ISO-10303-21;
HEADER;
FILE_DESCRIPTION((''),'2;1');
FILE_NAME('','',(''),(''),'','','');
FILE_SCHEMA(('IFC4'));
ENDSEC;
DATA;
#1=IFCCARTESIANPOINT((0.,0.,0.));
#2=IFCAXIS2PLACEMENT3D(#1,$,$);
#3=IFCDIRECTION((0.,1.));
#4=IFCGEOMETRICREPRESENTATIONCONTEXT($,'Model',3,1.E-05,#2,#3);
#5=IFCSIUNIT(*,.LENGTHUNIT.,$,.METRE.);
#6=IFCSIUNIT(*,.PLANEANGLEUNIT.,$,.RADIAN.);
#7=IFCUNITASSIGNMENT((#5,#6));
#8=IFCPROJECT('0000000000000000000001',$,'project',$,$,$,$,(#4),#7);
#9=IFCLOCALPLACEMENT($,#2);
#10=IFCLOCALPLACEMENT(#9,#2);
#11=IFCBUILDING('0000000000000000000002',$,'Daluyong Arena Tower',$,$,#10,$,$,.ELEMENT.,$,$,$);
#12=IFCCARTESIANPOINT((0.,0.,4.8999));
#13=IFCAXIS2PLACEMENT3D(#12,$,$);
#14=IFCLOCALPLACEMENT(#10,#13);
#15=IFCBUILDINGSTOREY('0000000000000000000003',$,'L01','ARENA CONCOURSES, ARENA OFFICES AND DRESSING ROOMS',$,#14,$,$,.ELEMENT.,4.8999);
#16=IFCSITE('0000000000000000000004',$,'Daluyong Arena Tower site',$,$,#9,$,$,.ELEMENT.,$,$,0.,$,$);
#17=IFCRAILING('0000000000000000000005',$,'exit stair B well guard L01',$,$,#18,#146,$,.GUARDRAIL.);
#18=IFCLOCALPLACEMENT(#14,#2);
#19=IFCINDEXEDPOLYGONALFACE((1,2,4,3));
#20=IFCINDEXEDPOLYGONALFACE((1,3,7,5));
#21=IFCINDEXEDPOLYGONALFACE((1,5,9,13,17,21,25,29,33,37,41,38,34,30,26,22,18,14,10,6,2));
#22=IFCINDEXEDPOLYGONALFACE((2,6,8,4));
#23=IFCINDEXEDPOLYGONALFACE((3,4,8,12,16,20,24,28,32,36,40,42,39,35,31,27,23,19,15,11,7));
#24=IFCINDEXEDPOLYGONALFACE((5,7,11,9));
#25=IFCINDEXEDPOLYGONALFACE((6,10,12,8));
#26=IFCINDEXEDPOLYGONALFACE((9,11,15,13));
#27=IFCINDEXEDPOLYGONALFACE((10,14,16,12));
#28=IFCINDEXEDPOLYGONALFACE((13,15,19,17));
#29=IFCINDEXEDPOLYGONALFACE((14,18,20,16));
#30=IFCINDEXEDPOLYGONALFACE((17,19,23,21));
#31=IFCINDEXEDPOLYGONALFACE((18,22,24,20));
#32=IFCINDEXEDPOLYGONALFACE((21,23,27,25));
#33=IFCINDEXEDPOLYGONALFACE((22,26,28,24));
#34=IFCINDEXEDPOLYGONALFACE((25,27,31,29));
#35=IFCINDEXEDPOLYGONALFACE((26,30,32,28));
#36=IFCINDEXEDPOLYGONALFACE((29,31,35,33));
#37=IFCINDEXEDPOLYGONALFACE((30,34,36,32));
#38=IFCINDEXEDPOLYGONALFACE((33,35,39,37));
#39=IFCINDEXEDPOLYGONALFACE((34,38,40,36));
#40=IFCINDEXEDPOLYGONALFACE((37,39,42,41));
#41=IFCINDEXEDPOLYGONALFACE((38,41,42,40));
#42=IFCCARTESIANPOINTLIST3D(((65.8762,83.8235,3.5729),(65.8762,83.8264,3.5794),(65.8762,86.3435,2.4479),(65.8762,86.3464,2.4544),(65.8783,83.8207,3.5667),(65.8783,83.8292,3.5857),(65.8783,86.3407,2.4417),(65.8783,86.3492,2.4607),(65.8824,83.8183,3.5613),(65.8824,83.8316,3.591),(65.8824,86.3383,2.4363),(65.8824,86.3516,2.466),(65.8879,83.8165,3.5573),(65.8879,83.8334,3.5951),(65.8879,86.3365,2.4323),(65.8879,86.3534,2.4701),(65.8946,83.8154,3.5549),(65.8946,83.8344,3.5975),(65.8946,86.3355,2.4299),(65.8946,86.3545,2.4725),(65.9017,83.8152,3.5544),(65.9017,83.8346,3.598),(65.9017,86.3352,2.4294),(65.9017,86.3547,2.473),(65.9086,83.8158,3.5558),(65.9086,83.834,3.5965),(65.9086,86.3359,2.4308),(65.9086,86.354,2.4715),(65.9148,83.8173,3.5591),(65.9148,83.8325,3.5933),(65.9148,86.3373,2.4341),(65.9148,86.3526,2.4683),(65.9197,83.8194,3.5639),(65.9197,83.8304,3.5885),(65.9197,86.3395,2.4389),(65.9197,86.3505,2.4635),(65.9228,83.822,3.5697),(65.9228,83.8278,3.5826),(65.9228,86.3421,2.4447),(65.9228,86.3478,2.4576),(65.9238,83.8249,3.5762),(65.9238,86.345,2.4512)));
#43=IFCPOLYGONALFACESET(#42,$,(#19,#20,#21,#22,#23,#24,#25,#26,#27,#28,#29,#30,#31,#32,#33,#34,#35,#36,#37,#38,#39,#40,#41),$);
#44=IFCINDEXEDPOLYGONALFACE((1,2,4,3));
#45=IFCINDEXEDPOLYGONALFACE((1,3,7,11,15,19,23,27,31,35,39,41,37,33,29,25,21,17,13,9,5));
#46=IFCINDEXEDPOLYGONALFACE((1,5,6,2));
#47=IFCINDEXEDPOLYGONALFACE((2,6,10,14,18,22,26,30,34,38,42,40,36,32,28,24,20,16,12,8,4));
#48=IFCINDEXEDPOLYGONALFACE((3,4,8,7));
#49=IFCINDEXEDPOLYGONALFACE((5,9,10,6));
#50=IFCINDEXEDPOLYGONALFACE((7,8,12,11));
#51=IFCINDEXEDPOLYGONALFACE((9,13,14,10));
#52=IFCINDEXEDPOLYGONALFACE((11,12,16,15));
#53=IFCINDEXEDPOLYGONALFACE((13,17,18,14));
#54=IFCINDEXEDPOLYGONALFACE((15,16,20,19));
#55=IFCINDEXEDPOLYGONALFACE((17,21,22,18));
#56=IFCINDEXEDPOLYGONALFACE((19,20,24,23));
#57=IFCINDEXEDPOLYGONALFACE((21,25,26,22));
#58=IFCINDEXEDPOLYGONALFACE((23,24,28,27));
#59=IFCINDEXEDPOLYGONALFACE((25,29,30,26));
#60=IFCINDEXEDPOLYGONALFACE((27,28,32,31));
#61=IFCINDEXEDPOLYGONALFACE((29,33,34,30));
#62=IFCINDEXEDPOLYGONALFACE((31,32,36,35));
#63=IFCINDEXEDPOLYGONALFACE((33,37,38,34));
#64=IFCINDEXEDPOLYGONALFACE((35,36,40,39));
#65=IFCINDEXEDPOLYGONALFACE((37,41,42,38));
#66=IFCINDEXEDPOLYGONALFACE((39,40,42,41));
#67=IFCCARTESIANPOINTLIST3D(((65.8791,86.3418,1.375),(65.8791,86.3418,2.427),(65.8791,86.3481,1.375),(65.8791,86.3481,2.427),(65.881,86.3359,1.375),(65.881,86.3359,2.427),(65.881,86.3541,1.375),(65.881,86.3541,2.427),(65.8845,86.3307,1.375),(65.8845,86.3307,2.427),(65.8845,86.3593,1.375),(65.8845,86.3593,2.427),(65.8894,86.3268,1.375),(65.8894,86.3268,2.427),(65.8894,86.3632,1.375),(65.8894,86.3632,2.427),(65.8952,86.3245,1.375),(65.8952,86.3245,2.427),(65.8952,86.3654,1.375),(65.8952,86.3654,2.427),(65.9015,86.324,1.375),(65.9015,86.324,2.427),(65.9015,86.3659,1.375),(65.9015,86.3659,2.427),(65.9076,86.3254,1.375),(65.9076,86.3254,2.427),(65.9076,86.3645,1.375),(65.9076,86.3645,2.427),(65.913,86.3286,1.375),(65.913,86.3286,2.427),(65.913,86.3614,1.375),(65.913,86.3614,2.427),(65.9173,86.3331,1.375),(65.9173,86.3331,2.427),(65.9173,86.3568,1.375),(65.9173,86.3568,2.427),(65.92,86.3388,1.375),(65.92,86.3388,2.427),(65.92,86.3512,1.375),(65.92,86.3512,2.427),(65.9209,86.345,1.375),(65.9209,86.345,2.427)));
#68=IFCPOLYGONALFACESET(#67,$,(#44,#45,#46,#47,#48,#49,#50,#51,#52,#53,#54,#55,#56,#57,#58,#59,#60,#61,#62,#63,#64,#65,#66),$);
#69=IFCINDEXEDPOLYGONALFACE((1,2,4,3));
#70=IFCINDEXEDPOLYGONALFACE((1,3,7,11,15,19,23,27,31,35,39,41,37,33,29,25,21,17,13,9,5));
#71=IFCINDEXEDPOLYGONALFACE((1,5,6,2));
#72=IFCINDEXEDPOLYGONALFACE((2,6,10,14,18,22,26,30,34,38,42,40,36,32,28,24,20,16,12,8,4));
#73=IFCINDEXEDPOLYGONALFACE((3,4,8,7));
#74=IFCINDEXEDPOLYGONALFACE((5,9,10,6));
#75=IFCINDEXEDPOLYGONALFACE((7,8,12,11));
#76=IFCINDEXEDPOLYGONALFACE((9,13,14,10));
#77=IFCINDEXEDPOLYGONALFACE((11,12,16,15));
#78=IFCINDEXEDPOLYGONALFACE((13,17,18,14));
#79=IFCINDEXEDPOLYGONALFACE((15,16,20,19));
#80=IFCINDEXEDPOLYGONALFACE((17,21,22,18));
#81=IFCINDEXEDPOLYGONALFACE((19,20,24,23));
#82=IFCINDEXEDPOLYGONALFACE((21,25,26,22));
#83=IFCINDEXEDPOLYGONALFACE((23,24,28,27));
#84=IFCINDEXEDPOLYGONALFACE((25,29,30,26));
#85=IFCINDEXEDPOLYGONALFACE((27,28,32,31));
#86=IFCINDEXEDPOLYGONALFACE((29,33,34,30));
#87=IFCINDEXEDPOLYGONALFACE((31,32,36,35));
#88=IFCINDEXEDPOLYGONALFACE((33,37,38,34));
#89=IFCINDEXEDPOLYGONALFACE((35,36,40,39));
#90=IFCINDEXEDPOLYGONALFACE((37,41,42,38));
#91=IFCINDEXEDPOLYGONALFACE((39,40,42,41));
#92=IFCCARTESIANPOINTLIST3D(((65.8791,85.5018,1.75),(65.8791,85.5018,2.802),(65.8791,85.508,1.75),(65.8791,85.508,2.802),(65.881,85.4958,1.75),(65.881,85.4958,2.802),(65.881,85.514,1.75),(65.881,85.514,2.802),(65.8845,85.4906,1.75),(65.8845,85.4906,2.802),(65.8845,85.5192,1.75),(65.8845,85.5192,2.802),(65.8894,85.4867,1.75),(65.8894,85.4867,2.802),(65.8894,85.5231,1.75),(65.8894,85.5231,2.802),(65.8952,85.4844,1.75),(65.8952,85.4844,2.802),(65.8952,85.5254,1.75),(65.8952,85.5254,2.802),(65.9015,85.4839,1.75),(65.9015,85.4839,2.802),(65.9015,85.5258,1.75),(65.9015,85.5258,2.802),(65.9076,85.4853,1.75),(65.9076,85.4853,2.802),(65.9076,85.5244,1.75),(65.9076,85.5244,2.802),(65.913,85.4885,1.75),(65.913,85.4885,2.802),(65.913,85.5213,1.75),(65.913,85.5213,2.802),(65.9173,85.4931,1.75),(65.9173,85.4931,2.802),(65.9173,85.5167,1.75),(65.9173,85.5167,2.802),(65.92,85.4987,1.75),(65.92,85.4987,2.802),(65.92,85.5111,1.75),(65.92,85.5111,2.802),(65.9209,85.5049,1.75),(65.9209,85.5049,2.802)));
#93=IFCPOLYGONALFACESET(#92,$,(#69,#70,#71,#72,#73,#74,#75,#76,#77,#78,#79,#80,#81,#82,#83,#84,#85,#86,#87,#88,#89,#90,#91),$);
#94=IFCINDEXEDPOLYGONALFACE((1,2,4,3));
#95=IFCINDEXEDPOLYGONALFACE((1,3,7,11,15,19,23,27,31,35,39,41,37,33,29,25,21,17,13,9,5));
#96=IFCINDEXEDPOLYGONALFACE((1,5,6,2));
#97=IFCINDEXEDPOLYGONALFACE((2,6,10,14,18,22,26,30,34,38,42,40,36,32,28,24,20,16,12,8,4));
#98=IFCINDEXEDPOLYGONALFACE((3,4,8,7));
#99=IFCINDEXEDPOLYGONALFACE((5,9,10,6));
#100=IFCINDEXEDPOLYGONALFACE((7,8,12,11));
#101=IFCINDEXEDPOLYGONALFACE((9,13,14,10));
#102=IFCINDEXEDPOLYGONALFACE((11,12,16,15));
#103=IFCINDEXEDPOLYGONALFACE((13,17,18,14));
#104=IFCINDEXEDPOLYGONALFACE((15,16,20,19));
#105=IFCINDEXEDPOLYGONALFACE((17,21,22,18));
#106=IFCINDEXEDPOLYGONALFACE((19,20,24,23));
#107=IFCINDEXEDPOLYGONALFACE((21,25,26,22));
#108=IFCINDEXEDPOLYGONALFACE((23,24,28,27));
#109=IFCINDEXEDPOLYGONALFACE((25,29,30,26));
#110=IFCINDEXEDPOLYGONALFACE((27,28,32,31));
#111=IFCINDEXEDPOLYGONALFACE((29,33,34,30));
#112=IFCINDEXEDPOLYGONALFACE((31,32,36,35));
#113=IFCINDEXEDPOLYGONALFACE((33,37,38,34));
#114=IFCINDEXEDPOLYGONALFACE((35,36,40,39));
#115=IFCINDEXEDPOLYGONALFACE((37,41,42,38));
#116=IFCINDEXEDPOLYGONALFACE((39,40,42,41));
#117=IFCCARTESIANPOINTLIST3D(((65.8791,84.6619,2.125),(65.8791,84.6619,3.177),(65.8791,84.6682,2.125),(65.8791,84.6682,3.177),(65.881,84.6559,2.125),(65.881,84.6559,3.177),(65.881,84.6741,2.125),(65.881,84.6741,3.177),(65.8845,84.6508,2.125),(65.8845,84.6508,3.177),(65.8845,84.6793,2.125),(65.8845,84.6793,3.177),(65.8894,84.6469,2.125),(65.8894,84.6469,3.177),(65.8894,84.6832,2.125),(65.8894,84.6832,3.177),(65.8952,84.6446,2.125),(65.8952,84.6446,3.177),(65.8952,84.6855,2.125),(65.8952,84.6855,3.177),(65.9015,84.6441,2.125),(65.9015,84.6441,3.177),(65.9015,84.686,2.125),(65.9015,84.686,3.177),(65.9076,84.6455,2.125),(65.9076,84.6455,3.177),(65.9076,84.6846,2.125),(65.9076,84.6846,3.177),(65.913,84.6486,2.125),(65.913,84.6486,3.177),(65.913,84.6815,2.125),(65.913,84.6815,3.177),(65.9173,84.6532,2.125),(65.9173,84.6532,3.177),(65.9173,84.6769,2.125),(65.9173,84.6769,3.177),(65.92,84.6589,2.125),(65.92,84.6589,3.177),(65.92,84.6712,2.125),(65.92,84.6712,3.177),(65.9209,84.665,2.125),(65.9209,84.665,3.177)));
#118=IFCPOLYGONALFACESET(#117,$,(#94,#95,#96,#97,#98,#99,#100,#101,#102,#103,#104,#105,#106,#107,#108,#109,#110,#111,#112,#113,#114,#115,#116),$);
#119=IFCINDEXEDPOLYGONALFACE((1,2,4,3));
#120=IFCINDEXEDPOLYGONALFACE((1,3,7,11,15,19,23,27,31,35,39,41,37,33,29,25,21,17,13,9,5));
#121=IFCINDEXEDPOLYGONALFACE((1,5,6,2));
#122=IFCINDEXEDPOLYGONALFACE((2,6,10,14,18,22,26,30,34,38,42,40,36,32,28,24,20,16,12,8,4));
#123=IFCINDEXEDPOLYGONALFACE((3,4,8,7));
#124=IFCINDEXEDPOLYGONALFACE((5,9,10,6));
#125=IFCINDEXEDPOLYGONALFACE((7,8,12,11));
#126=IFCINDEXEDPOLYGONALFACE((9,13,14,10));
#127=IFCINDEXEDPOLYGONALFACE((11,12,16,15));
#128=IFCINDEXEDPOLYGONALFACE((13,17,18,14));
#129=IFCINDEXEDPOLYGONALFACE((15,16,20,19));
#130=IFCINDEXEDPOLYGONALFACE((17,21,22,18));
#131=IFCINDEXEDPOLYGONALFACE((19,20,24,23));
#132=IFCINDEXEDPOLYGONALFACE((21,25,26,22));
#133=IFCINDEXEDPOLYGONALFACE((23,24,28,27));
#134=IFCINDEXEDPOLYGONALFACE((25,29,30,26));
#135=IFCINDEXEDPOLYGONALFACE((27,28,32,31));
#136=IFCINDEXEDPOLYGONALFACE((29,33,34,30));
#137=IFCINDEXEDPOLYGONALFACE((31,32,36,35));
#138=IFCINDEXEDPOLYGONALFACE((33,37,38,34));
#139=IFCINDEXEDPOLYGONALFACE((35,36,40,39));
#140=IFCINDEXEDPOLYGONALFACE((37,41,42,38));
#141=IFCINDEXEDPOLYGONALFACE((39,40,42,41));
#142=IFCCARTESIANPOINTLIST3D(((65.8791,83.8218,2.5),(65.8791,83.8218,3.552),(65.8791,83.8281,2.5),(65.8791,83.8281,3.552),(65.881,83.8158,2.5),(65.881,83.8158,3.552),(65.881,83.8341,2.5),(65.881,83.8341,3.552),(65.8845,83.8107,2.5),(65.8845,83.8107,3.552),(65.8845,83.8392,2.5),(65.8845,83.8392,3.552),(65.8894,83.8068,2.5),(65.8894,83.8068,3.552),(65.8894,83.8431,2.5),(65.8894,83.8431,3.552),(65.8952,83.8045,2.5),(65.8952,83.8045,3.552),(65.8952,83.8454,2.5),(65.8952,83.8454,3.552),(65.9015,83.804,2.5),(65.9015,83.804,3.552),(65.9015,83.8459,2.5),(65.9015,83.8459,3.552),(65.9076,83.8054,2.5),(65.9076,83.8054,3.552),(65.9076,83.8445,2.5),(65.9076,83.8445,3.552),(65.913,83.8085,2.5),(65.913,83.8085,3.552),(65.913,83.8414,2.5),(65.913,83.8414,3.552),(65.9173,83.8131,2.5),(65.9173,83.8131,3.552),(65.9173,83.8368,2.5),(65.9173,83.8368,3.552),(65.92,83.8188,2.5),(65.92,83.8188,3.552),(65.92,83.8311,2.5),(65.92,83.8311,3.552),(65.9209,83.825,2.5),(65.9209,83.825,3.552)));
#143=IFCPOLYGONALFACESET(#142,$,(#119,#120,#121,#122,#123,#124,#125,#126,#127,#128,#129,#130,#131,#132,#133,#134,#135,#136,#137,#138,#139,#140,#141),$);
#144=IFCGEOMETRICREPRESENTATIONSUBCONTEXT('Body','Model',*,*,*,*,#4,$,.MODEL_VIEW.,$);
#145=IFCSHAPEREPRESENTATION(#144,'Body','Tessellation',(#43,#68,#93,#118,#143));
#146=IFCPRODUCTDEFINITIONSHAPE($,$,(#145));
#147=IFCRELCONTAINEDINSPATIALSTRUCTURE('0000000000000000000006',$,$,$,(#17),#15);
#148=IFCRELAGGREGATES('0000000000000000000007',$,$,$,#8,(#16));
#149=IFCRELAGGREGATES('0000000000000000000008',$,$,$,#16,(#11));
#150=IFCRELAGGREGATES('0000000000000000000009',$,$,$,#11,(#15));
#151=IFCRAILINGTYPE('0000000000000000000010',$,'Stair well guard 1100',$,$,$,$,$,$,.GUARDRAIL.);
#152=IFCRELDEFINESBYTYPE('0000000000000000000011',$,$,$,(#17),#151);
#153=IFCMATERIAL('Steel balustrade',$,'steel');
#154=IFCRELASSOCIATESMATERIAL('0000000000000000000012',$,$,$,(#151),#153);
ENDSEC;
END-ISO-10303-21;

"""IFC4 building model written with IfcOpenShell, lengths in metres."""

from ifc_helpers import new_model, si_unit, direction, frame, origin, origin_2d, place, context, subcontext, project, spatial, circle, extrude, material, type_object, element, save


model = new_model("IFC4")

# Units and contexts
model_context = context("Model", 3, precision=1e-05, world=origin(), true_north=direction((0.0, 1.0)))
body_context = subcontext(model_context, "Body", "Model", "MODEL_VIEW")
ifc_project = project(units=[si_unit("LENGTHUNIT", "METRE"), si_unit("PLANEANGLEUNIT", "RADIAN")], contexts=[model_context])

# Site, building, storey
site_placement = place(None, origin())
site = spatial("IfcSite", under=ifc_project, at=site_placement, Name="Daluyong Arena Tower site", CompositionType="ELEMENT", RefElevation=0.0)
building_placement = place(site_placement, origin())
building = spatial("IfcBuilding", under=site, at=building_placement, Name="Daluyong Arena Tower", CompositionType="ELEMENT")
storey_placement = place(building_placement, frame((0.0, 0.0, 4.8999)))
storey = spatial("IfcBuildingStorey", under=building, at=storey_placement, Name="L01", Description="ARENA CONCOURSES, ARENA OFFICES AND DRESSING ROOMS", CompositionType="ELEMENT", Elevation=4.8999)

# Railing
ifc_material_1 = material(Name="Steel balustrade", Category="steel")
railing_type_1 = type_object("IfcRailingType", Name="Stair well guard 1100", PredefinedType="GUARDRAIL", material=ifc_material_1)
for number, where, name in (
    (1, (65.8999, 86.345, 1.375), "exit stair B well guard L01"),
):
    element("IfcRailing", number, at=place(storey_placement, frame(where)), inside=storey, type_object=railing_type_1, Name=name, PredefinedType="GUARDRAIL", context=body_context, shape_type="SweptSolid", body=[
        extrude(circle(Radius=0.0239, at=origin_2d()), frame((0.0, 0.0, 1.0762), z_axis=(0.0, -0.913139, 0.407648), x_axis=(1.0, 0.0, 0.0)), (0.0, 0.0, 1.0), 2.7598),
        extrude(circle(Radius=0.021, at=origin_2d()), origin(), (0.0, 0.0, 1.0), 1.052),
        extrude(circle(Radius=0.021, at=origin_2d()), frame((0.0, -0.8401, 0.375)), (0.0, 0.0, 1.0), 1.052),
        extrude(circle(Radius=0.021, at=origin_2d()), frame((0.0, -1.6799, 0.75)), (0.0, 0.0, 1.0), 1.052),
        extrude(circle(Radius=0.021, at=origin_2d()), frame((0.0, -2.52, 1.125)), (0.0, 0.0, 1.0), 1.052),
    ])

save(model, "model.ifc")
